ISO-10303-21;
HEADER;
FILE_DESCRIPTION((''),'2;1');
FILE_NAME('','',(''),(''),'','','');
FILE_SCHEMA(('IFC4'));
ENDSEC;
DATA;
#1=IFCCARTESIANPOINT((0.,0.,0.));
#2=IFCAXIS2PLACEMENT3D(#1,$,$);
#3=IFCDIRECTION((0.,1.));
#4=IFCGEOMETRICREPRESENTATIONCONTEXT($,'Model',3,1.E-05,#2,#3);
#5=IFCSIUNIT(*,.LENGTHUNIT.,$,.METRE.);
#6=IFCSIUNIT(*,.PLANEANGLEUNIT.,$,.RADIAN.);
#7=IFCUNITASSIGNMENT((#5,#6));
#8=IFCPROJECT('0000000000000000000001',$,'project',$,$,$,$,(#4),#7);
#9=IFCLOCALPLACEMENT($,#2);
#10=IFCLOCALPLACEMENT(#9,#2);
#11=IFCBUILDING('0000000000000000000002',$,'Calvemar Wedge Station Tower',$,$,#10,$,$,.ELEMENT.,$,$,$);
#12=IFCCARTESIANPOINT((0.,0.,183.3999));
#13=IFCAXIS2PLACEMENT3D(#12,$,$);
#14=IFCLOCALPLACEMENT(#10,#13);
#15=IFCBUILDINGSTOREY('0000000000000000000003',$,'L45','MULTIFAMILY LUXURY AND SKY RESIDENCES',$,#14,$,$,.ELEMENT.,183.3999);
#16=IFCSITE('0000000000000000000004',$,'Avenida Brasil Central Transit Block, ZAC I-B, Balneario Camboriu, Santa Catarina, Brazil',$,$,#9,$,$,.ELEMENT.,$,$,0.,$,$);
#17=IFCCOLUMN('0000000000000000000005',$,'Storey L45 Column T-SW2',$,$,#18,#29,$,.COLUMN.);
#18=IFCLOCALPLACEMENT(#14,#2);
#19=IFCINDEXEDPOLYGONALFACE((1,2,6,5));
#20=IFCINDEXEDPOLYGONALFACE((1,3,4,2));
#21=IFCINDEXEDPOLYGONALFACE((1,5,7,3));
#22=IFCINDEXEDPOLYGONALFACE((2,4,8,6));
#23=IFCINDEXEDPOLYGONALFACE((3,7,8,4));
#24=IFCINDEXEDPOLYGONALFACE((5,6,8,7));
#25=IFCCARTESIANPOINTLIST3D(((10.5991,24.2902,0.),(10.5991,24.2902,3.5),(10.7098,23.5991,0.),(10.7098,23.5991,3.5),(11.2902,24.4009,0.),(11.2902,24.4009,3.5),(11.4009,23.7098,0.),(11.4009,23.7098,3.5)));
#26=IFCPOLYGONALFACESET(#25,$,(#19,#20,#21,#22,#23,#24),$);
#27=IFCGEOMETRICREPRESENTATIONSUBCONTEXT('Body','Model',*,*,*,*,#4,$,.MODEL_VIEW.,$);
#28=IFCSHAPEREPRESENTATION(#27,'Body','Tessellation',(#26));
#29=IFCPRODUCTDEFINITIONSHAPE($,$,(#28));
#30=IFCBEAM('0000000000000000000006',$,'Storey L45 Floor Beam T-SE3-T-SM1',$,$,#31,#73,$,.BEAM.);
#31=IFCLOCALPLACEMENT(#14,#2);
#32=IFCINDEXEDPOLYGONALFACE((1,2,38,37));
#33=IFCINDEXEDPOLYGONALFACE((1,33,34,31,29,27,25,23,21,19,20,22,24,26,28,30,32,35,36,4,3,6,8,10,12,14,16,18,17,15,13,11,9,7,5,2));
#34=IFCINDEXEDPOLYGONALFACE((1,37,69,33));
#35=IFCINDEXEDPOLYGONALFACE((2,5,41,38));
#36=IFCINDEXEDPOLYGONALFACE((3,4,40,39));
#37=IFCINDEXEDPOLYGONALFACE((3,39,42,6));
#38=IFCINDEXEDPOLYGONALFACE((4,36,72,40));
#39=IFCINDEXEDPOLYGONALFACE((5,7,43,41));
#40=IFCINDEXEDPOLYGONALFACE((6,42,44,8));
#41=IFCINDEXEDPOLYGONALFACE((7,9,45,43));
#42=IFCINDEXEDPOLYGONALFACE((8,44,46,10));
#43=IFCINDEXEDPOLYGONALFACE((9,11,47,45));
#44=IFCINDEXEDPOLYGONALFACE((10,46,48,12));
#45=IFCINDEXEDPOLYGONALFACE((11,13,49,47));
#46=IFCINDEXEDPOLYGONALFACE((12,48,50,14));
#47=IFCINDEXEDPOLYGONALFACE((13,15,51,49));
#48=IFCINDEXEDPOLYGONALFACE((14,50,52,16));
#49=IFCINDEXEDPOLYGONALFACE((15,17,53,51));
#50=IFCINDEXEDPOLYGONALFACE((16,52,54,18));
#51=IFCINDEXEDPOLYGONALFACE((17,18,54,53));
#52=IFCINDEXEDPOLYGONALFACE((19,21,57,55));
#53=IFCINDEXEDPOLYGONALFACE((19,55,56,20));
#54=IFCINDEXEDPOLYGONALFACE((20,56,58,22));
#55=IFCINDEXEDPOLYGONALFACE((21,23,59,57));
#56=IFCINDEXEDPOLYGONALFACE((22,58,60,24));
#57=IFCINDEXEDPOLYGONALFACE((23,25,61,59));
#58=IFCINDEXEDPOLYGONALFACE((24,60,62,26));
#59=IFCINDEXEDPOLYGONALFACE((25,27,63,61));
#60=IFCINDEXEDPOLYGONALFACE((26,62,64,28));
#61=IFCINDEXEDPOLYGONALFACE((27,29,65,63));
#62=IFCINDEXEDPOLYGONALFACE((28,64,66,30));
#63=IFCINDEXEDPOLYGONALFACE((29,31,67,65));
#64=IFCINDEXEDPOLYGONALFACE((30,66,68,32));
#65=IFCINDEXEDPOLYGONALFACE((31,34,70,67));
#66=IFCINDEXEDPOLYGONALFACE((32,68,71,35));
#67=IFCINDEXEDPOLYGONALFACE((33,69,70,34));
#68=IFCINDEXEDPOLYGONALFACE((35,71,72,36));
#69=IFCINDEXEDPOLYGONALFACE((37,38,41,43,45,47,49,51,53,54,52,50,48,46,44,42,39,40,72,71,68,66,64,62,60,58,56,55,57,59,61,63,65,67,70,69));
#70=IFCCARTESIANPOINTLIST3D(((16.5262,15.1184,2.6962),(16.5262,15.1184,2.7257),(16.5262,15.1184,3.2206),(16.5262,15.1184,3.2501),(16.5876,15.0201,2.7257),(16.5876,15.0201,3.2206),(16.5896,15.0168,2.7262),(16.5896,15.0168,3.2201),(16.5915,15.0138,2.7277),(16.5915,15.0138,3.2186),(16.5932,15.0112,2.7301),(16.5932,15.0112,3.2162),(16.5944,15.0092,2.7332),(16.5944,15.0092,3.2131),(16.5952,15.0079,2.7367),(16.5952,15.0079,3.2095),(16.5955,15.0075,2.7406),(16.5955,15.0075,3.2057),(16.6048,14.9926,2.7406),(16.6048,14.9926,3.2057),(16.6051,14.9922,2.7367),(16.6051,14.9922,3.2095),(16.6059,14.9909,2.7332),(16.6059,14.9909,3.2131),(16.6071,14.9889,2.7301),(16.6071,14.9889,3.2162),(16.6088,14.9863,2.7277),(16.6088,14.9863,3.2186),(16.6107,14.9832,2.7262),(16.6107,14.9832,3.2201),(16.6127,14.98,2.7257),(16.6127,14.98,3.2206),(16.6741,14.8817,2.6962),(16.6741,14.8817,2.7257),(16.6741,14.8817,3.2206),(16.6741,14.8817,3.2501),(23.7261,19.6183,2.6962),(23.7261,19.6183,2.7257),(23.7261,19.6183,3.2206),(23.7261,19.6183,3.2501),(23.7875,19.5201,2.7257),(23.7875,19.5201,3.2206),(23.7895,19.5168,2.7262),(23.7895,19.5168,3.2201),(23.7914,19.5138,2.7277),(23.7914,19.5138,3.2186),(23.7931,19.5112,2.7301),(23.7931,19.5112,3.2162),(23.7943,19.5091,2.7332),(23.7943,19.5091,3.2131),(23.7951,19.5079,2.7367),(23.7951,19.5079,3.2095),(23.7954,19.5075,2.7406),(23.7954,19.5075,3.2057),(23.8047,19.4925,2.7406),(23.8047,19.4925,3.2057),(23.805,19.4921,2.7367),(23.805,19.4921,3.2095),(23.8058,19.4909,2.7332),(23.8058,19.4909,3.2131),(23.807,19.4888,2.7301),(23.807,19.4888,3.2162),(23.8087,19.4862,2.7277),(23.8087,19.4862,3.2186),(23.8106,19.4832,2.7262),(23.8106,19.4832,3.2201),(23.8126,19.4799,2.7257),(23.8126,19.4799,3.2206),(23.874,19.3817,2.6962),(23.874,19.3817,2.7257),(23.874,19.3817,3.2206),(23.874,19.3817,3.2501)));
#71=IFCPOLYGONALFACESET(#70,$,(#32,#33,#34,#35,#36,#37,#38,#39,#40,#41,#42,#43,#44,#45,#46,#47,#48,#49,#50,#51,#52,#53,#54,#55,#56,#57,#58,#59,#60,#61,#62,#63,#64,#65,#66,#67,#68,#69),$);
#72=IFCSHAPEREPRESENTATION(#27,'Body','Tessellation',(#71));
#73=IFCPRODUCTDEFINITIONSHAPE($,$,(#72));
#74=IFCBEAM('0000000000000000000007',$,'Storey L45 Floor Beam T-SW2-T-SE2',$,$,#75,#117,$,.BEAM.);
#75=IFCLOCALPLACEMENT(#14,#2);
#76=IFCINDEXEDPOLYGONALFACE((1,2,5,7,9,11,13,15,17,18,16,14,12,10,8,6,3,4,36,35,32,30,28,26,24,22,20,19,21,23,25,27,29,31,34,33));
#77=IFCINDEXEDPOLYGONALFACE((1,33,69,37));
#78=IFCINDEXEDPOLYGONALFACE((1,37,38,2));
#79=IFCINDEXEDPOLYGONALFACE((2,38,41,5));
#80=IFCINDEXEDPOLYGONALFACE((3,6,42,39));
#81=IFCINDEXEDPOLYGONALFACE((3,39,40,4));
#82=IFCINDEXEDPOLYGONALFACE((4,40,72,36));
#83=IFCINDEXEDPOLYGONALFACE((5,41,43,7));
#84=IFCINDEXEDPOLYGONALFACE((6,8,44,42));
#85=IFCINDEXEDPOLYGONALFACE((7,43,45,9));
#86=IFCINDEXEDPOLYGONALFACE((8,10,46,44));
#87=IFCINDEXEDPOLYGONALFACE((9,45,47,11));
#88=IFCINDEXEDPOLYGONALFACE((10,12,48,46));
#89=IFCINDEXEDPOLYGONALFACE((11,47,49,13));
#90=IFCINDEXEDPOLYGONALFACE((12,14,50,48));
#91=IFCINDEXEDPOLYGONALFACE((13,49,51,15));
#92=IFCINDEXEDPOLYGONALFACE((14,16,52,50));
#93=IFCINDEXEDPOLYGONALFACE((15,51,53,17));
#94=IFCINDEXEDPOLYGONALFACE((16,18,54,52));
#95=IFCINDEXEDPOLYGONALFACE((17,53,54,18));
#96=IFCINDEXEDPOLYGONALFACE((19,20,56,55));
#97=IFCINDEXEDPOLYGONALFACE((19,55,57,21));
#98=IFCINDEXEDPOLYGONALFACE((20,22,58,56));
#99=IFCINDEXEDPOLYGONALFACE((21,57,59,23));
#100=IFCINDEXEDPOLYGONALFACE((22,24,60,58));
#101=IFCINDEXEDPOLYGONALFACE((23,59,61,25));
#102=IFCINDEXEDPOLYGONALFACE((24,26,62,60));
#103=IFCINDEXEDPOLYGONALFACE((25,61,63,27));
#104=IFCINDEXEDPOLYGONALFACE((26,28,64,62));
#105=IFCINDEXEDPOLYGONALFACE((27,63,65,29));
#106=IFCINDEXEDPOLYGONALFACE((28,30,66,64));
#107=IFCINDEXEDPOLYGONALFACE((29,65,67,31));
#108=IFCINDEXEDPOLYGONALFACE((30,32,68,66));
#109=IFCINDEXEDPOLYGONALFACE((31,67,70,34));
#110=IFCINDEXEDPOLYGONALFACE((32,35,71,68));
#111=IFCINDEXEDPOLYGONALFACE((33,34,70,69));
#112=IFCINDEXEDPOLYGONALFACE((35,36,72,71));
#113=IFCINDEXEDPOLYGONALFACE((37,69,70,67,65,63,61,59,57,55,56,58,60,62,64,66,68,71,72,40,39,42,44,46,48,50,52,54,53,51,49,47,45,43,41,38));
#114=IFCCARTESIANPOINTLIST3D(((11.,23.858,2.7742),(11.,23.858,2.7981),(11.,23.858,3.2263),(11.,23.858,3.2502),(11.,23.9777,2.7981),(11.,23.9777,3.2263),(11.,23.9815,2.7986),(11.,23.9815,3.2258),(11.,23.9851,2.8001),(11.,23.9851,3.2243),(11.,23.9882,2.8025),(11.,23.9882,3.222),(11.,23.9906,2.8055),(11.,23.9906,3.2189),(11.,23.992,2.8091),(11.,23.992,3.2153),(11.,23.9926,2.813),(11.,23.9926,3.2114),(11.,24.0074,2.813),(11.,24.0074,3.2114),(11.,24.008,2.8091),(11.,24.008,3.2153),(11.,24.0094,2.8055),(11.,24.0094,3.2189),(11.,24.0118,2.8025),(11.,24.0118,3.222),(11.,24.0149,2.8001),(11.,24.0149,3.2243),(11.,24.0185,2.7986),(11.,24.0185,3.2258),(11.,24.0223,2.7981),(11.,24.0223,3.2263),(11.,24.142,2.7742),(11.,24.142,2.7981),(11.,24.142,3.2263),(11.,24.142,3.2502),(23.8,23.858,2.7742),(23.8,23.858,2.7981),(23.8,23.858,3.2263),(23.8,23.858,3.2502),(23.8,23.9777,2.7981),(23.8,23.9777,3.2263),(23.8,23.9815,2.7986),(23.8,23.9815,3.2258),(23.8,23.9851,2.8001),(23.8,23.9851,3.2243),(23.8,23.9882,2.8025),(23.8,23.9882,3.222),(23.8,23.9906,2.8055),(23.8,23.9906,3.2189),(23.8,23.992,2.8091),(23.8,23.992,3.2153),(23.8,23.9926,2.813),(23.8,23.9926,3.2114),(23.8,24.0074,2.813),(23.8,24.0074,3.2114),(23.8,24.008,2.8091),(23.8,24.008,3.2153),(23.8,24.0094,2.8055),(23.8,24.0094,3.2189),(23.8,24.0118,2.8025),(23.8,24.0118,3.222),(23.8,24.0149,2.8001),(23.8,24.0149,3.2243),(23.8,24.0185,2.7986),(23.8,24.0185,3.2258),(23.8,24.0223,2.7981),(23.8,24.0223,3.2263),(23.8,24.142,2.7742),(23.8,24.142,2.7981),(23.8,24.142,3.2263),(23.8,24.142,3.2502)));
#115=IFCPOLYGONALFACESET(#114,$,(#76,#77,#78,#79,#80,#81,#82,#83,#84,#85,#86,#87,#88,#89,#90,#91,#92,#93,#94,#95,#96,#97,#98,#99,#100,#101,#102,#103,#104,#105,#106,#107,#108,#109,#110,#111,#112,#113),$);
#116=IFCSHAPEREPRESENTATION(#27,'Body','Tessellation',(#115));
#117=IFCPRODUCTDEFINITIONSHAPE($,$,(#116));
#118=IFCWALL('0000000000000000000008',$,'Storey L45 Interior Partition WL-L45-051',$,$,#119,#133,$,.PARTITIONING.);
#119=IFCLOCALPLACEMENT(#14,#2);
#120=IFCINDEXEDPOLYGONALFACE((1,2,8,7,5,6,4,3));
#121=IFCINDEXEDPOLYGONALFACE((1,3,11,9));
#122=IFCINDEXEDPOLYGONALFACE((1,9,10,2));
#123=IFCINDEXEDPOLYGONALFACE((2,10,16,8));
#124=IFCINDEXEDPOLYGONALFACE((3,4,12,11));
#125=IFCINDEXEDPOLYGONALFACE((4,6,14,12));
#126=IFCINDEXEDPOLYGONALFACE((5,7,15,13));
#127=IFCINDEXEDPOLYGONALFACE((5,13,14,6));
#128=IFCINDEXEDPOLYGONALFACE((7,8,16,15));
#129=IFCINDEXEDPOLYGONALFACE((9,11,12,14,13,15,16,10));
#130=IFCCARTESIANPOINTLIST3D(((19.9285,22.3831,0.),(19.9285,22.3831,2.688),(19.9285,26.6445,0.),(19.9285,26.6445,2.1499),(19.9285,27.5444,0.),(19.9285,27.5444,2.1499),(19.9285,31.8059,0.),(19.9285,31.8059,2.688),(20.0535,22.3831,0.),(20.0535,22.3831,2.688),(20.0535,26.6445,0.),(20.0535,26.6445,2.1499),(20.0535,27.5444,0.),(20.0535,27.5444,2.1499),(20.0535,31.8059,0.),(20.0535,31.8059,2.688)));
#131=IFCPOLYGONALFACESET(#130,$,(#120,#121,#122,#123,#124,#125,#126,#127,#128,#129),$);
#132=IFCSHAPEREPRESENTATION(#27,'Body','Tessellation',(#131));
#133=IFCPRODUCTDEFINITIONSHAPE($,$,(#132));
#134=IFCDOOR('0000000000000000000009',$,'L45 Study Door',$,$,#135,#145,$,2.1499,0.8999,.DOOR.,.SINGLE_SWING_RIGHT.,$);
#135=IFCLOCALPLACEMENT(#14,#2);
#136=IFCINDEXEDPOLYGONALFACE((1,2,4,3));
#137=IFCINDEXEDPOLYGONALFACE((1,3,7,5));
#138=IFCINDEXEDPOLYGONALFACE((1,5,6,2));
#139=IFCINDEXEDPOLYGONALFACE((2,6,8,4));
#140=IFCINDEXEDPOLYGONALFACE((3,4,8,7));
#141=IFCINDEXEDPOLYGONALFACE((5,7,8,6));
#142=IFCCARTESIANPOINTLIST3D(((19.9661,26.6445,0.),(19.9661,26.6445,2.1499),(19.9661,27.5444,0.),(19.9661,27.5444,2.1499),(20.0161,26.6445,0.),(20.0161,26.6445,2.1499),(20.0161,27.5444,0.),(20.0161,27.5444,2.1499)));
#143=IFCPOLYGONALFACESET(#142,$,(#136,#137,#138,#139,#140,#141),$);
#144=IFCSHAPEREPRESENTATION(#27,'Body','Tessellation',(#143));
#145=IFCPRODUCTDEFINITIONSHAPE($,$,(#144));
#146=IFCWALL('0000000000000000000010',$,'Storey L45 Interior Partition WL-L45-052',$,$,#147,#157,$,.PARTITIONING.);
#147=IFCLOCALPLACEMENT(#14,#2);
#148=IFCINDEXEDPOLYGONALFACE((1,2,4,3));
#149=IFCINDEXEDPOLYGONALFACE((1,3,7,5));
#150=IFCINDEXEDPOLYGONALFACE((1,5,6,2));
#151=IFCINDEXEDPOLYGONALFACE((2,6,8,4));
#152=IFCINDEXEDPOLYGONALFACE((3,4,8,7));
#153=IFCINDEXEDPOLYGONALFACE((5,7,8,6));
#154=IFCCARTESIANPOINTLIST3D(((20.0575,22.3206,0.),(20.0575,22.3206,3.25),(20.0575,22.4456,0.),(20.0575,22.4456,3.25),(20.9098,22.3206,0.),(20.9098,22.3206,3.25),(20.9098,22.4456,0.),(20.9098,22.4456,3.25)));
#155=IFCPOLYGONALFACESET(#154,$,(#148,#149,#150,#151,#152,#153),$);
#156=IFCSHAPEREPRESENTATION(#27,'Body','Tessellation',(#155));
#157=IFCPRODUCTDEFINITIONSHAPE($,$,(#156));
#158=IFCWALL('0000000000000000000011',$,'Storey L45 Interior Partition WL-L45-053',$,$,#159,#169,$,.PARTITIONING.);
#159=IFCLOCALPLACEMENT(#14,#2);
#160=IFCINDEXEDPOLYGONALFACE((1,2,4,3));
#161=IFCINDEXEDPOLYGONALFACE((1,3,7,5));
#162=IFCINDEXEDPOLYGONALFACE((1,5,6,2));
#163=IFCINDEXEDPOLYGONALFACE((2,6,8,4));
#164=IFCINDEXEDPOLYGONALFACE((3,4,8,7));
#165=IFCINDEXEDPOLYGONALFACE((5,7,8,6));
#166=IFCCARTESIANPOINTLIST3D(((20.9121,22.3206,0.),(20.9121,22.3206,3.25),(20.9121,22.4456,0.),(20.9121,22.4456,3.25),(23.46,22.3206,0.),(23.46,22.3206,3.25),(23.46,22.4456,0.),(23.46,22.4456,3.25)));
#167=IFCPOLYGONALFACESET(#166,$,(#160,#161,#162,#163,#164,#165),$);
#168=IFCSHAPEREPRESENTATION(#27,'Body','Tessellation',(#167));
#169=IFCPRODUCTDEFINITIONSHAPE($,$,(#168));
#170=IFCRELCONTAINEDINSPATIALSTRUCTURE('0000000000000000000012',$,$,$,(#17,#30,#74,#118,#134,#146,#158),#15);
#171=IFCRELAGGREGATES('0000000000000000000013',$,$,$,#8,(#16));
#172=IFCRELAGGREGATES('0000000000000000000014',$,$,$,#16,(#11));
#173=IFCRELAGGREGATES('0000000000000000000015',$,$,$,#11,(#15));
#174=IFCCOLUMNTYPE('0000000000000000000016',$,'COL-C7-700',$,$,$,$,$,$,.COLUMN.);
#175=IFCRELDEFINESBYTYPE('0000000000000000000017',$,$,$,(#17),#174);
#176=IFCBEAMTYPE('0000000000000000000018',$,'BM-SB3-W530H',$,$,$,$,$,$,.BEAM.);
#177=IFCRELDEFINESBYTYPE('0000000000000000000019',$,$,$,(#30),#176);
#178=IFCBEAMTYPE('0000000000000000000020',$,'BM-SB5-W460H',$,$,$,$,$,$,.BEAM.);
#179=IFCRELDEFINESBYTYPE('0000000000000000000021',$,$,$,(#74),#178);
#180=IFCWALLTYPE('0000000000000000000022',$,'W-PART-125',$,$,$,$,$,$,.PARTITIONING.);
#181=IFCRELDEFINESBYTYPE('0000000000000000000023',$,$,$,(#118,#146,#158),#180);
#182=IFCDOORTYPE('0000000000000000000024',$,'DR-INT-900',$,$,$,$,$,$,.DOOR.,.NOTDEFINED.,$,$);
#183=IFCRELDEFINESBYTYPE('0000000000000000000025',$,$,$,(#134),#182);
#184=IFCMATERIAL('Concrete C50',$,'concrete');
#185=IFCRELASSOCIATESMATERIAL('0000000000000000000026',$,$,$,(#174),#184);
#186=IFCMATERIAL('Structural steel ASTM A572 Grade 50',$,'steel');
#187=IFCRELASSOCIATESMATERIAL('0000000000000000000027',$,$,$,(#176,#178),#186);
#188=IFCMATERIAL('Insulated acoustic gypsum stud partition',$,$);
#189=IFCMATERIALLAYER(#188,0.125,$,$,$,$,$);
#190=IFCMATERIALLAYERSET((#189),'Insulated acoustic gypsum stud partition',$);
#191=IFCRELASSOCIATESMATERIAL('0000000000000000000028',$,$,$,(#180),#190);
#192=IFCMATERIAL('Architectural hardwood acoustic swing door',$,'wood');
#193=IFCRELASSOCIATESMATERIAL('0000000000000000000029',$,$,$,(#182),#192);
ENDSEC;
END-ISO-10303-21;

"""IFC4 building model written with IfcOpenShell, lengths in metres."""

from ifc_helpers import new_model, si_unit, direction, frame, frame_2d, origin, origin_2d, place, context, subcontext, project, spatial, rectangle, i_section, extrude, source, transform, mapped, material, layer, layer_set, material_profile, profile_set, type_object, element, fill, save


model = new_model("IFC4")

# Units and contexts
model_context = context("Model", 3, precision=1e-05, world=origin(), true_north=direction((0.0, 1.0)))
body_context = subcontext(model_context, "Body", "Model", "MODEL_VIEW")
ifc_project = project(units=[si_unit("LENGTHUNIT", "METRE"), si_unit("PLANEANGLEUNIT", "RADIAN")], contexts=[model_context])

# Site, building, storey
site_placement = place(None, origin())
site = spatial("IfcSite", under=ifc_project, at=site_placement, Name="Avenida Brasil Central Transit Block, ZAC I-B, Balneario Camboriu, Santa Catarina, Brazil", CompositionType="ELEMENT", RefElevation=0.0)
building_placement = place(site_placement, origin())
building = spatial("IfcBuilding", under=site, at=building_placement, Name="Calvemar Wedge Station Tower", CompositionType="ELEMENT")
storey_placement = place(building_placement, frame((0.0, 0.0, 183.3999)))
storey = spatial("IfcBuildingStorey", under=building, at=storey_placement, Name="L45", Description="MULTIFAMILY LUXURY AND SKY RESIDENCES", CompositionType="ELEMENT", Elevation=183.3999)

# Column
ifc_material_1 = material(Name="Concrete C50", Category="concrete")
ifc_material_profile_1 = material_profile(ifc_material_1, rectangle(XDim=0.7, YDim=0.7, at=origin_2d()), Name="RC700x700")
ifc_profile_set_1 = profile_set([ifc_material_profile_1], Name="Concrete C50")
column_type = type_object("IfcColumnType", Name="COL-C7-700", PredefinedType="COLUMN", material=ifc_profile_set_1)
shared_shape_1 = source(origin(), body_context, "Body", "SweptSolid", [
    extrude(rectangle(XDim=0.7, YDim=0.7, at=origin_2d()), origin(), (0.0, 0.0, 1.0), 3.5),
])
column_placement = place(storey_placement, frame((11.0, 24.0, 0.0), z_axis=(0.0, 0.0, 1.0), x_axis=(0.158158, -0.987414, 0.0)))
element("IfcColumn", 1, at=column_placement, inside=storey, type_object=column_type, Name="Storey L45 Column T-SW2", PredefinedType="COLUMN", context=body_context, shape_type="MappedRepresentation", body=[
    mapped(shared_shape_1, transform((0.0, 0.0, 0.0), scale=1.0)),
])

# Beams
ifc_material_2 = material(Name="Structural steel ASTM A572 Grade 50", Category="steel")
ifc_material_profile_2 = material_profile(ifc_material_2, i_section(OverallWidth=0.2791, OverallDepth=0.554, WebThickness=0.0176, FlangeThickness=0.0295, FilletRadius=0.0149, at=origin_2d()), Name="W530x196")
ifc_profile_set_2 = profile_set([ifc_material_profile_2], Name="Structural steel ASTM A572 Grade 50")
beam_type_1 = type_object("IfcBeamType", Name="BM-SB3-W530H", PredefinedType="BEAM", material=ifc_profile_set_2)
shared_shape_2 = source(origin(), body_context, "Body", "SweptSolid", [
    extrude(i_section(OverallWidth=0.2791, OverallDepth=0.554, WebThickness=0.0176, FlangeThickness=0.0295, FilletRadius=0.0149, at=origin_2d()), origin(), (0.0, 0.0, 1.0), 8.4905),
])
beam_1_placement = place(storey_placement, frame((23.8, 19.5, 2.9731), z_axis=(-0.847997, -0.530002, 0.0), x_axis=(0.530002, -0.847997, 0.0)))
element("IfcBeam", 2, at=beam_1_placement, inside=storey, type_object=beam_type_1, Name="Storey L45 Floor Beam T-SE3-T-SM1", PredefinedType="BEAM", context=body_context, shape_type="MappedRepresentation", body=[
    mapped(shared_shape_2, transform((0.0, 0.0, 0.0), scale=1.0)),
])
ifc_material_profile_3 = material_profile(ifc_material_2, i_section(OverallWidth=0.2839, OverallDepth=0.4761, WebThickness=0.0149, FlangeThickness=0.0239, FilletRadius=0.0149, at=origin_2d()), Name="W460x158")
ifc_profile_set_3 = profile_set([ifc_material_profile_3], Name="Structural steel ASTM A572 Grade 50")
beam_type_2 = type_object("IfcBeamType", Name="BM-SB5-W460H", PredefinedType="BEAM", material=ifc_profile_set_3)
shared_shape_3 = source(origin(), body_context, "Body", "SweptSolid", [
    extrude(i_section(OverallWidth=0.2839, OverallDepth=0.4761, WebThickness=0.0149, FlangeThickness=0.0239, FilletRadius=0.0149, at=origin_2d()), origin(), (0.0, 0.0, 1.0), 12.8),
])
beam_2_placement = place(storey_placement, frame((11.0, 24.0, 3.0122), z_axis=(1.0, 0.0, 0.0), x_axis=(0.0, 1.0, 0.0)))
element("IfcBeam", 3, at=beam_2_placement, inside=storey, type_object=beam_type_2, Name="Storey L45 Floor Beam T-SW2-T-SE2", PredefinedType="BEAM", context=body_context, shape_type="MappedRepresentation", body=[
    mapped(shared_shape_3, transform((0.0, 0.0, 0.0), scale=1.0)),
])

# Wall, opening, door
ifc_material_3 = material(Name="Insulated acoustic gypsum stud partition")
ifc_layer_1 = layer(ifc_material_3, 0.125)
ifc_layer_set_1 = layer_set([ifc_layer_1], Name="Insulated acoustic gypsum stud partition")
wall_type_1 = type_object("IfcWallType", Name="W-PART-125", PredefinedType="PARTITIONING", material=ifc_layer_set_1)
wall_1_placement = place(storey_placement, frame((19.991, 22.3831, 0.0), z_axis=(0.0, 0.0, 1.0), x_axis=(0.0, 1.0, 0.0)))
wall_1 = element("IfcWall", 4, at=wall_1_placement, inside=storey, type_object=wall_type_1, Name="Storey L45 Interior Partition WL-L45-051", PredefinedType="PARTITIONING", context=body_context, shape_type="SweptSolid", body=[
    extrude(rectangle(XDim=9.4229, YDim=0.125, at=frame_2d((4.7114, 0.0))), origin(), (0.0, 0.0, 1.0), 2.688),
])
shared_shape_4 = source(origin(), body_context, "Body", "SweptSolid", [
    extrude(rectangle(XDim=0.8999, YDim=2.1499, at=frame_2d((0.45, 1.075))), frame((0.0, 0.0725, 0.0), z_axis=(0.0, -1.0, 0.0), x_axis=(1.0, 0.0, 0.0)), (0.0, 0.0, 1.0), 0.145),
])
opening_1_placement = place(wall_1_placement, frame((4.2615, 0.0, 0.0)))
opening_1 = element("IfcOpeningElement", 5, at=opening_1_placement, cuts=wall_1, PredefinedType="OPENING", context=body_context, shape_type="MappedRepresentation", body=[
    mapped(shared_shape_4, transform((0.0, 0.0, 0.0), scale=1.0)),
])
ifc_material_4 = material(Name="Architectural hardwood acoustic swing door", Category="wood")
door_type_1 = type_object("IfcDoorType", Name="DR-INT-900", OperationType="NOTDEFINED", PredefinedType="DOOR", material=ifc_material_4)
shared_shape_5 = source(origin(), body_context, "Body", "SweptSolid", [
    extrude(rectangle(XDim=0.8999, YDim=2.1499, at=frame_2d((0.45, 1.075))), frame((0.0, 0.0249, 0.0), z_axis=(0.0, -1.0, 0.0), x_axis=(1.0, 0.0, 0.0)), (0.0, 0.0, 1.0), 0.05),
])
door_1_placement = place(opening_1_placement, origin())
door_1 = element("IfcDoor", 6, at=door_1_placement, inside=storey, type_object=door_type_1, Name="L45 Study Door", OperationType="SINGLE_SWING_RIGHT", OverallHeight=2.1499, OverallWidth=0.8999, PredefinedType="DOOR", context=body_context, shape_type="MappedRepresentation", body=[
    mapped(shared_shape_5, transform((0.0, 0.0, 0.0), scale=1.0)),
])
fill(opening_1, door_1)

# Walls
wall_2_placement = place(storey_placement, frame((20.9099, 22.3831, 0.0), z_axis=(0.0, 0.0, 1.0), x_axis=(-1.0, 0.0, 0.0)))
element("IfcWall", 7, at=wall_2_placement, inside=storey, type_object=wall_type_1, Name="Storey L45 Interior Partition WL-L45-052", PredefinedType="PARTITIONING", context=body_context, shape_type="SweptSolid", body=[
    extrude(rectangle(XDim=0.8523, YDim=0.125, at=frame_2d((0.4263, 0.0))), origin(), (0.0, 0.0, 1.0), 3.25),
])
wall_3_placement = place(storey_placement, frame((23.46, 22.3831, 0.0), z_axis=(0.0, 0.0, 1.0), x_axis=(-1.0, 0.0, 0.0)))
element("IfcWall", 8, at=wall_3_placement, inside=storey, type_object=wall_type_1, Name="Storey L45 Interior Partition WL-L45-053", PredefinedType="PARTITIONING", context=body_context, shape_type="SweptSolid", body=[
    extrude(rectangle(XDim=2.5479, YDim=0.125, at=frame_2d((1.2739, 0.0))), origin(), (0.0, 0.0, 1.0), 3.25),
])

save(model, "model.ifc")
